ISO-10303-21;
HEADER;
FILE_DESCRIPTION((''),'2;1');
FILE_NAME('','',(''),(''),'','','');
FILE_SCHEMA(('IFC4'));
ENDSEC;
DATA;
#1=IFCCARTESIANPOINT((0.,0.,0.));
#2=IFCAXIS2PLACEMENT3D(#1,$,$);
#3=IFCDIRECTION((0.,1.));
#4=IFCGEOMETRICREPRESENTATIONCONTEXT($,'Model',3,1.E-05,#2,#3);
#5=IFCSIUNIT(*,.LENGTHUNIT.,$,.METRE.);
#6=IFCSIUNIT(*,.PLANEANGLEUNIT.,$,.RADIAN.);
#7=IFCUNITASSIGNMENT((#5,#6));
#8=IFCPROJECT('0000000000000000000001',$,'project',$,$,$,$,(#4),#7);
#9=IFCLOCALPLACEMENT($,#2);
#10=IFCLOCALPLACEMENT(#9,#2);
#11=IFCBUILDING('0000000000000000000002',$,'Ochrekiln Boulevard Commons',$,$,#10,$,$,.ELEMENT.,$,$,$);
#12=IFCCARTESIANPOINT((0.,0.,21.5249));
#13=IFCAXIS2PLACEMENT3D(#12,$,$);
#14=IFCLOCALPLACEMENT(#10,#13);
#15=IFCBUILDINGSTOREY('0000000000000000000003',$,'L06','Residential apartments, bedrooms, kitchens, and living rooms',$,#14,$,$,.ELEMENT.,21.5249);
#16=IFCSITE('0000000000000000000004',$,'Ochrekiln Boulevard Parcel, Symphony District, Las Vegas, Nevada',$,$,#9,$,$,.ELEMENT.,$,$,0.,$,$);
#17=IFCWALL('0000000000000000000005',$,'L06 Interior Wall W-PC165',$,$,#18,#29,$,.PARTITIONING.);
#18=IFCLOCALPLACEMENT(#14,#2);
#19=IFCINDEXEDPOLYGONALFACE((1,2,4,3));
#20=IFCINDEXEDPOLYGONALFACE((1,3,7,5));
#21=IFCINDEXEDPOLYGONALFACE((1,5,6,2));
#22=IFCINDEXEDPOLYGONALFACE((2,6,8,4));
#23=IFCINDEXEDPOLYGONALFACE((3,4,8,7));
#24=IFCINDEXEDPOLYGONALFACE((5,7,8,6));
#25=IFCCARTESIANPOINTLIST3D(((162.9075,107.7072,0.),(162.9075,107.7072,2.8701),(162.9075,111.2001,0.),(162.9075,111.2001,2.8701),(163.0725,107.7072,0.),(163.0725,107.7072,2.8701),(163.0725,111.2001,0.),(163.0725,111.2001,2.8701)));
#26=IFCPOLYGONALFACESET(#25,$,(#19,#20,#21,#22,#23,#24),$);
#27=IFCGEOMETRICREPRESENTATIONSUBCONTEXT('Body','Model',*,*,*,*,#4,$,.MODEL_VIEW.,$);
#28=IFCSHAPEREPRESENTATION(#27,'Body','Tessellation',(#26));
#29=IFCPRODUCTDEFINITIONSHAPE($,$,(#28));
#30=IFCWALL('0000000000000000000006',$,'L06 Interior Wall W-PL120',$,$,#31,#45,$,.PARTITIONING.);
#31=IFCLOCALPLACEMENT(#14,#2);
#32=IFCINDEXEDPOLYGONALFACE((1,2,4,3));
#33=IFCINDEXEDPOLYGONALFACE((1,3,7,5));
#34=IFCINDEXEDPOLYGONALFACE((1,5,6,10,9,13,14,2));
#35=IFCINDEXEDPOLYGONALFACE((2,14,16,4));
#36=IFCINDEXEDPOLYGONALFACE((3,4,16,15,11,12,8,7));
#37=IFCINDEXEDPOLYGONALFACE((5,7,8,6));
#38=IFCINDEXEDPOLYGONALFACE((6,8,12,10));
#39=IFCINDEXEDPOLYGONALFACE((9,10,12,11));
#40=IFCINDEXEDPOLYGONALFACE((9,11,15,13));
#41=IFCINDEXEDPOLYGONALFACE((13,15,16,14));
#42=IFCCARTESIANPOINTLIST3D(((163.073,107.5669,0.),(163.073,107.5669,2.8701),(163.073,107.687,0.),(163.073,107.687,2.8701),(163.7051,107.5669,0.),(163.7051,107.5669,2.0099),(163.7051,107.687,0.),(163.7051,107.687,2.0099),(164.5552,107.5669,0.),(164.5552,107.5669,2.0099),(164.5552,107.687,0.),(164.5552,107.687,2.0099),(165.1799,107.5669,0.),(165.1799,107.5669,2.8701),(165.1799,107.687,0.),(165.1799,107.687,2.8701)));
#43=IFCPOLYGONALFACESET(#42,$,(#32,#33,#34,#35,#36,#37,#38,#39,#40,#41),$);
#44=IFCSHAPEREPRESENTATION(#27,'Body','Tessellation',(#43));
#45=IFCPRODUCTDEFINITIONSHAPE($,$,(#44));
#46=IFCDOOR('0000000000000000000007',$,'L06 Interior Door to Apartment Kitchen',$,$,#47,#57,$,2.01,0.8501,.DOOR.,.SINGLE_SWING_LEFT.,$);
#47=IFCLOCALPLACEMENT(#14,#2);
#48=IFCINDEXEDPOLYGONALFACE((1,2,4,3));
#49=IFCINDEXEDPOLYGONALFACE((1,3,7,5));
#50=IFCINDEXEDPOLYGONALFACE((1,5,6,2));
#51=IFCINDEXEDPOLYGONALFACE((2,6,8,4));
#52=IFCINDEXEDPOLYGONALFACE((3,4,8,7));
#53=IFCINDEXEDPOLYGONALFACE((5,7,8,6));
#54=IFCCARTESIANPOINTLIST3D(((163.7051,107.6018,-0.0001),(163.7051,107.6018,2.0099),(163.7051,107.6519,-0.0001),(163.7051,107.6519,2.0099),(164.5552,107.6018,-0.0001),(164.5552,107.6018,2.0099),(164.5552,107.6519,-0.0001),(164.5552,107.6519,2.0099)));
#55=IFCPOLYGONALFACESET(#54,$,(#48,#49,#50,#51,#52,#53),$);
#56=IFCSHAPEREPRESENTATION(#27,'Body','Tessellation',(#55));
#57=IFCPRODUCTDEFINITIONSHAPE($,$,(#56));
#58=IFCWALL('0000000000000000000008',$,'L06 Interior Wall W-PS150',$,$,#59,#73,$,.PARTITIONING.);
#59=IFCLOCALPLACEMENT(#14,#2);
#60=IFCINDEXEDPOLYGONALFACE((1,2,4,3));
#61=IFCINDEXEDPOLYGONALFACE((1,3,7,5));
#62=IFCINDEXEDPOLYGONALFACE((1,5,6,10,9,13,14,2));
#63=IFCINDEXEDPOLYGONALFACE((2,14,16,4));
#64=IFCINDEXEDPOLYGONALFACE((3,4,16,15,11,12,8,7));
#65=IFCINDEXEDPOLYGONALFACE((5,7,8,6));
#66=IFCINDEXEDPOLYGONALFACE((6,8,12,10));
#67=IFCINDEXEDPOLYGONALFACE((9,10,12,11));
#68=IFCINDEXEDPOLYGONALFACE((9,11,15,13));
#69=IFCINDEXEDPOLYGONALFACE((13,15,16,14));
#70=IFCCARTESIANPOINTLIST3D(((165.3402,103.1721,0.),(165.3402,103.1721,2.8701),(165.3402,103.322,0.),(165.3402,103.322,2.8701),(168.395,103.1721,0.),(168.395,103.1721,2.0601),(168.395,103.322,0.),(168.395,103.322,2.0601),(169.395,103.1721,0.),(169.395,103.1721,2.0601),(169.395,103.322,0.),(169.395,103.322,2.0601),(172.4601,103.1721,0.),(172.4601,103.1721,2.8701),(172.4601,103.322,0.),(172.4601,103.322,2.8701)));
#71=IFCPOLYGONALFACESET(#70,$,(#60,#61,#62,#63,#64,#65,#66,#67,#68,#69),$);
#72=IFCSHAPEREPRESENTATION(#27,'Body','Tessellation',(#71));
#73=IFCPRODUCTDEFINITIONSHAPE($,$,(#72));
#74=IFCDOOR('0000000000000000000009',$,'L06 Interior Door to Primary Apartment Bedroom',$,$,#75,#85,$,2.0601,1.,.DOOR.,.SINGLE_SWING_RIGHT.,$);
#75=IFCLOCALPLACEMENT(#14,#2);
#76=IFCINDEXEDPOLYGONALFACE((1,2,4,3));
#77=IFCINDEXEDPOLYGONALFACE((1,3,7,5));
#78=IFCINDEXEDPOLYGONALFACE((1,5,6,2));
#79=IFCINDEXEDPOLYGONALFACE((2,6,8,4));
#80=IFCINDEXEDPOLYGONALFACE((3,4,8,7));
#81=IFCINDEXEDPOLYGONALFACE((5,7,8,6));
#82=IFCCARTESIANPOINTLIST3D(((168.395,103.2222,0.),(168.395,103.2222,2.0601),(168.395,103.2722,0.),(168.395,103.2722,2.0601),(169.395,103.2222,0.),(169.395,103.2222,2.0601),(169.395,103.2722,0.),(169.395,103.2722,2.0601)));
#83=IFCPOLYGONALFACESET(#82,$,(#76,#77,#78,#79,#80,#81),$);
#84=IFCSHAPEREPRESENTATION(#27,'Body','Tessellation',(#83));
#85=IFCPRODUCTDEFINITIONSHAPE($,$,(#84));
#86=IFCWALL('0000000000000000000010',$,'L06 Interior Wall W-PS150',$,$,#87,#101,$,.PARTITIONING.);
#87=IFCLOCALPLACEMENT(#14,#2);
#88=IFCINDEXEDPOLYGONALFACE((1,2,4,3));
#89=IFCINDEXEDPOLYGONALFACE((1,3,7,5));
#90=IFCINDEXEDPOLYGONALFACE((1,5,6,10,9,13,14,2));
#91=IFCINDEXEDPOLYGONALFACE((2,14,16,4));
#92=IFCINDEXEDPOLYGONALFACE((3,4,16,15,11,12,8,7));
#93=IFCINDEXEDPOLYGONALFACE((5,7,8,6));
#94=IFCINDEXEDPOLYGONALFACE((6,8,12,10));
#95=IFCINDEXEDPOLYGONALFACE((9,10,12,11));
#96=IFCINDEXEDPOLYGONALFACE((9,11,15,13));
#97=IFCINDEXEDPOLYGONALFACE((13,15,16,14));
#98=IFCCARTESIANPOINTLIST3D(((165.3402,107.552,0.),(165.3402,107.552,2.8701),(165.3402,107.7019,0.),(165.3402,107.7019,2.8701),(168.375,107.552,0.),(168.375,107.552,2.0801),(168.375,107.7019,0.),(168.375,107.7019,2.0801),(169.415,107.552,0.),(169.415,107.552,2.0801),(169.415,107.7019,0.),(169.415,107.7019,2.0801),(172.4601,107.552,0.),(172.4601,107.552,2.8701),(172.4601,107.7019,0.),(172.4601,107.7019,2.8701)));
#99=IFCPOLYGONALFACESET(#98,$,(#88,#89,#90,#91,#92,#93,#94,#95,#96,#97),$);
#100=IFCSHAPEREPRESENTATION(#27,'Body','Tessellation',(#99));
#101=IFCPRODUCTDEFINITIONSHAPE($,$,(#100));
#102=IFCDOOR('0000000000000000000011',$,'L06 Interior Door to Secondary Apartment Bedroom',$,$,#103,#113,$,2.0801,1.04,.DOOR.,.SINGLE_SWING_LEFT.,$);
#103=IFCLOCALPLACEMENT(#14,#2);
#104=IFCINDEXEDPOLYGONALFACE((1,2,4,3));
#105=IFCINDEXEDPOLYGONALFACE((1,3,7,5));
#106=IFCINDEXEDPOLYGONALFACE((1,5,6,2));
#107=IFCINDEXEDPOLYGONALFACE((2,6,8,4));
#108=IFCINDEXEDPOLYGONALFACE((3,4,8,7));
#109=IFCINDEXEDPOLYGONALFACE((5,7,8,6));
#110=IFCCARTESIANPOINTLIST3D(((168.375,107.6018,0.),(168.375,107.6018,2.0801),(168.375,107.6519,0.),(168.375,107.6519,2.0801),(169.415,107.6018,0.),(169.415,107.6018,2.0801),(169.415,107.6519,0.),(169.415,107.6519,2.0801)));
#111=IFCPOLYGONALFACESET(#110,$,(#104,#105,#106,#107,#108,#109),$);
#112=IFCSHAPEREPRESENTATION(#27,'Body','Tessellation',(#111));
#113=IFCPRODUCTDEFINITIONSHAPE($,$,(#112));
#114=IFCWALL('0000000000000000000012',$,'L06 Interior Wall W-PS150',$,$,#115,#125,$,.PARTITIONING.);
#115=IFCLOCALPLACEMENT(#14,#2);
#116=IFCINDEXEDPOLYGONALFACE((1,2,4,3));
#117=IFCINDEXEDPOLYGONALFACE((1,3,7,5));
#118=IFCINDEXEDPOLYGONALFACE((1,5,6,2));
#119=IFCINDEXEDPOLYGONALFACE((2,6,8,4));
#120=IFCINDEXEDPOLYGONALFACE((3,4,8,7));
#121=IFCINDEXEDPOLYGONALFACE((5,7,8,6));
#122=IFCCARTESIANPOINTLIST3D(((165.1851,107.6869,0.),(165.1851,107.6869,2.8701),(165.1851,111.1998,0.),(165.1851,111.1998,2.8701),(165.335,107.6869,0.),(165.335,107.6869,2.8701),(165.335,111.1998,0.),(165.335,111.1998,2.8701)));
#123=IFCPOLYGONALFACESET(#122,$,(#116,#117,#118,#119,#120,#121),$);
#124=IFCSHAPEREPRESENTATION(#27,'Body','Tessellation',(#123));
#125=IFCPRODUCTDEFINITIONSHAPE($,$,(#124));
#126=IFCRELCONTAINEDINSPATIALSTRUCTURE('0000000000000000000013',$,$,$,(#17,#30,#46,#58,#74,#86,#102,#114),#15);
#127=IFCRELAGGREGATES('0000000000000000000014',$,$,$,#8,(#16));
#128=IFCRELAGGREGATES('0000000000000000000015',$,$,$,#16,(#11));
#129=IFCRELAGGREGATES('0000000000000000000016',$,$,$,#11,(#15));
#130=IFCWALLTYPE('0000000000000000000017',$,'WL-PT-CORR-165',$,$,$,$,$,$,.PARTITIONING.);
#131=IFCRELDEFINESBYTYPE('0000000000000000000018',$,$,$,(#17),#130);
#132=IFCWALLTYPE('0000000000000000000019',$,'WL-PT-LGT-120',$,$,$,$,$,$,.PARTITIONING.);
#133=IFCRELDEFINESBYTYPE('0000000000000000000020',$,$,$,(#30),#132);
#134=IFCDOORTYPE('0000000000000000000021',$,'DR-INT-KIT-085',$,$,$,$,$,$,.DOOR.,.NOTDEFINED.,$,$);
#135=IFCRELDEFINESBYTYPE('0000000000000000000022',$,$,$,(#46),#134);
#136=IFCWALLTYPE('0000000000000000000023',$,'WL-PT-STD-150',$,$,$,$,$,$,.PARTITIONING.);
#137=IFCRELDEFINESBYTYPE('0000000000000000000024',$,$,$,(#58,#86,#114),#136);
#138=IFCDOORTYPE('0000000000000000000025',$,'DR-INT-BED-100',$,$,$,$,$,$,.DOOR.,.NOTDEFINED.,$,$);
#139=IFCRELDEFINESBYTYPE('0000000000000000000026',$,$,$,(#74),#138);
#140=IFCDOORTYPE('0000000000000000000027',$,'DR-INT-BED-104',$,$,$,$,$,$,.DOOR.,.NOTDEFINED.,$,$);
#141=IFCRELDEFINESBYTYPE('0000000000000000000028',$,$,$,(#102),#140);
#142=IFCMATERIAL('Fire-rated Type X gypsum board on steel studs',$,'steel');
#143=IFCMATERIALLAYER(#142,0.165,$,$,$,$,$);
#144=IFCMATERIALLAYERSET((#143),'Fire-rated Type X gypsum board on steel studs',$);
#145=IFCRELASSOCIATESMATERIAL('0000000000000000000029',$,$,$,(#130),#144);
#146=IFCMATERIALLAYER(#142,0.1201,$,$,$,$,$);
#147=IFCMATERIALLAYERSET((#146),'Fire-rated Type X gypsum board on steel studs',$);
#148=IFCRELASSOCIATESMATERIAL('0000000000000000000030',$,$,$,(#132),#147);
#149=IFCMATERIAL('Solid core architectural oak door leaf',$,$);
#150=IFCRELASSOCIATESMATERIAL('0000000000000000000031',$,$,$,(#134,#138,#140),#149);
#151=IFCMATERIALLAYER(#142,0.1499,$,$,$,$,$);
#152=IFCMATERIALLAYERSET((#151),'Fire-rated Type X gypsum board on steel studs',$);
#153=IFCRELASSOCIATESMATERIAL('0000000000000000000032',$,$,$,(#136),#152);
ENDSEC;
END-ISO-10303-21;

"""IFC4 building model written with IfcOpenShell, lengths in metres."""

from ifc_helpers import new_model, si_unit, direction, frame, frame_2d, origin, place, context, subcontext, project, spatial, rectangle, extrude, material, layer, layer_set, type_object, element, fill, save


model = new_model("IFC4")

# Units and contexts
model_context = context("Model", 3, precision=1e-05, world=origin(), true_north=direction((0.0, 1.0)))
body_context = subcontext(model_context, "Body", "Model", "MODEL_VIEW")
ifc_project = project(units=[si_unit("LENGTHUNIT", "METRE"), si_unit("PLANEANGLEUNIT", "RADIAN")], contexts=[model_context])

# Site, building, storey
site_placement = place(None, origin())
site = spatial("IfcSite", under=ifc_project, at=site_placement, Name="Ochrekiln Boulevard Parcel, Symphony District, Las Vegas, Nevada", CompositionType="ELEMENT", RefElevation=0.0)
building_placement = place(site_placement, origin())
building = spatial("IfcBuilding", under=site, at=building_placement, Name="Ochrekiln Boulevard Commons", CompositionType="ELEMENT")
storey_placement = place(building_placement, frame((0.0, 0.0, 21.5249)))
storey = spatial("IfcBuildingStorey", under=building, at=storey_placement, Name="L06", Description="Residential apartments, bedrooms, kitchens, and living rooms", CompositionType="ELEMENT", Elevation=21.5249)

# Shared definitions
ifc_material_1 = material(Name="Solid core architectural oak door leaf")
ifc_material_2 = material(Name="Fire-rated Type X gypsum board on steel studs", Category="steel")
ifc_layer_1 = layer(ifc_material_2, 0.165)
ifc_layer_set_1 = layer_set([ifc_layer_1], Name="Fire-rated Type X gypsum board on steel studs")
wall_type_1 = type_object("IfcWallType", Name="WL-PT-CORR-165", PredefinedType="PARTITIONING", material=ifc_layer_set_1)

# Wall
wall_1_placement = place(storey_placement, frame((162.99, 107.707, 0.0), z_axis=(0.0, 0.0, 1.0), x_axis=(0.0, 1.0, 0.0)))
element("IfcWall", 1, at=wall_1_placement, inside=storey, type_object=wall_type_1, Name="L06 Interior Wall W-PC165", PredefinedType="PARTITIONING", context=body_context, shape_type="SweptSolid", body=[
    extrude(rectangle(XDim=3.4929, YDim=0.165, at=frame_2d((1.7466, 0.0))), origin(), (0.0, 0.0, 1.0), 2.8701),
])

# Walls, openings, doors
ifc_layer_2 = layer(ifc_material_2, 0.1201)
ifc_layer_set_2 = layer_set([ifc_layer_2], Name="Fire-rated Type X gypsum board on steel studs")
wall_type_2 = type_object("IfcWallType", Name="WL-PT-LGT-120", PredefinedType="PARTITIONING", material=ifc_layer_set_2)
wall_2_placement = place(storey_placement, frame((163.073, 107.627, 0.0), z_axis=(0.0, 0.0, 1.0), x_axis=(1.0, 0.0, 0.0)))
wall_2 = element("IfcWall", 2, at=wall_2_placement, inside=storey, type_object=wall_type_2, Name="L06 Interior Wall W-PL120", PredefinedType="PARTITIONING", context=body_context, shape_type="SweptSolid", body=[
    extrude(rectangle(XDim=2.1069, YDim=0.1201, at=frame_2d((1.0535, 0.0))), origin(), (0.0, 0.0, 1.0), 2.8701),
])
opening_1_placement = place(wall_2_placement, frame((0.6321, 0.0, 0.0)))
opening_1 = element("IfcOpeningElement", 3, at=opening_1_placement, cuts=wall_2, PredefinedType="OPENING", context=body_context, shape_type="SweptSolid", body=[
    extrude(rectangle(XDim=0.8501, YDim=2.01, at=frame_2d((0.425, 1.0049))), frame((0.0, 0.0701, 0.0), z_axis=(0.0, -1.0, 0.0), x_axis=(1.0, 0.0, 0.0)), (0.0, 0.0, 1.0), 0.1401),
])
door_type_1 = type_object("IfcDoorType", Name="DR-INT-KIT-085", OperationType="NOTDEFINED", PredefinedType="DOOR", material=ifc_material_1)
door_1_placement = place(opening_1_placement, origin())
door_1 = element("IfcDoor", 4, at=door_1_placement, inside=storey, type_object=door_type_1, Name="L06 Interior Door to Apartment Kitchen", OperationType="SINGLE_SWING_LEFT", OverallHeight=2.01, OverallWidth=0.8501, PredefinedType="DOOR", context=body_context, shape_type="SweptSolid", body=[
    extrude(rectangle(XDim=0.8501, YDim=2.01, at=frame_2d((0.425, 1.0049))), frame((0.0, 0.0249, 0.0), z_axis=(0.0, -1.0, 0.0), x_axis=(1.0, 0.0, 0.0)), (0.0, 0.0, 1.0), 0.05),
])
fill(opening_1, door_1)
ifc_layer_3 = layer(ifc_material_2, 0.1499)
ifc_layer_set_3 = layer_set([ifc_layer_3], Name="Fire-rated Type X gypsum board on steel studs")
wall_type_3 = type_object("IfcWallType", Name="WL-PT-STD-150", PredefinedType="PARTITIONING", material=ifc_layer_set_3)
wall_3_placement = place(storey_placement, frame((165.3401, 103.2471, 0.0), z_axis=(0.0, 0.0, 1.0), x_axis=(1.0, 0.0, 0.0)))
wall_3 = element("IfcWall", 5, at=wall_3_placement, inside=storey, type_object=wall_type_3, Name="L06 Interior Wall W-PS150", PredefinedType="PARTITIONING", context=body_context, shape_type="SweptSolid", body=[
    extrude(rectangle(XDim=7.1199, YDim=0.1499, at=frame_2d((3.5601, 0.0))), origin(), (0.0, 0.0, 1.0), 2.8701),
])
opening_2_placement = place(wall_3_placement, frame((3.0549, 0.0, 0.0)))
opening_2 = element("IfcOpeningElement", 6, at=opening_2_placement, cuts=wall_3, PredefinedType="OPENING", context=body_context, shape_type="SweptSolid", body=[
    extrude(rectangle(XDim=1.0, YDim=2.0601, at=frame_2d((0.5, 1.03))), frame((0.0, 0.085, 0.0), z_axis=(0.0, -1.0, 0.0), x_axis=(1.0, 0.0, 0.0)), (0.0, 0.0, 1.0), 0.1699),
])
door_type_2 = type_object("IfcDoorType", Name="DR-INT-BED-100", OperationType="NOTDEFINED", PredefinedType="DOOR", material=ifc_material_1)
door_2_placement = place(opening_2_placement, frame((1.0, 0.0, 0.0), z_axis=(0.0, 0.0, 1.0), x_axis=(-1.0, 0.0, 0.0)))
door_2 = element("IfcDoor", 7, at=door_2_placement, inside=storey, type_object=door_type_2, Name="L06 Interior Door to Primary Apartment Bedroom", OperationType="SINGLE_SWING_RIGHT", OverallHeight=2.0601, OverallWidth=1.0, PredefinedType="DOOR", context=body_context, shape_type="SweptSolid", body=[
    extrude(rectangle(XDim=1.0, YDim=2.0601, at=frame_2d((0.5, 1.03))), frame((0.0, 0.0249, 0.0), z_axis=(0.0, -1.0, 0.0), x_axis=(1.0, 0.0, 0.0)), (0.0, 0.0, 1.0), 0.05),
])
fill(opening_2, door_2)
wall_4_placement = place(storey_placement, frame((165.3401, 107.627, 0.0), z_axis=(0.0, 0.0, 1.0), x_axis=(1.0, 0.0, 0.0)))
wall_4 = element("IfcWall", 8, at=wall_4_placement, inside=storey, type_object=wall_type_3, Name="L06 Interior Wall W-PS150", PredefinedType="PARTITIONING", context=body_context, shape_type="SweptSolid", body=[
    extrude(rectangle(XDim=7.1199, YDim=0.1499, at=frame_2d((3.5601, 0.0))), origin(), (0.0, 0.0, 1.0), 2.8701),
])
opening_3_placement = place(wall_4_placement, frame((3.0349, 0.0, 0.0)))
opening_3 = element("IfcOpeningElement", 9, at=opening_3_placement, cuts=wall_4, PredefinedType="OPENING", context=body_context, shape_type="SweptSolid", body=[
    extrude(rectangle(XDim=1.04, YDim=2.0801, at=frame_2d((0.52, 1.04))), frame((0.0, 0.085, 0.0), z_axis=(0.0, -1.0, 0.0), x_axis=(1.0, 0.0, 0.0)), (0.0, 0.0, 1.0), 0.1699),
])
door_type_3 = type_object("IfcDoorType", Name="DR-INT-BED-104", OperationType="NOTDEFINED", PredefinedType="DOOR", material=ifc_material_1)
door_3_placement = place(opening_3_placement, origin())
door_3 = element("IfcDoor", 10, at=door_3_placement, inside=storey, type_object=door_type_3, Name="L06 Interior Door to Secondary Apartment Bedroom", OperationType="SINGLE_SWING_LEFT", OverallHeight=2.0801, OverallWidth=1.04, PredefinedType="DOOR", context=body_context, shape_type="SweptSolid", body=[
    extrude(rectangle(XDim=1.04, YDim=2.0801, at=frame_2d((0.52, 1.04))), frame((0.0, 0.0249, 0.0), z_axis=(0.0, -1.0, 0.0), x_axis=(1.0, 0.0, 0.0)), (0.0, 0.0, 1.0), 0.05),
])
fill(opening_3, door_3)

# Wall
wall_5_placement = place(storey_placement, frame((165.26, 107.687, 0.0), z_axis=(0.0, 0.0, 1.0), x_axis=(0.0, 1.0, 0.0)))
element("IfcWall", 11, at=wall_5_placement, inside=storey, type_object=wall_type_3, Name="L06 Interior Wall W-PS150", PredefinedType="PARTITIONING", context=body_context, shape_type="SweptSolid", body=[
    extrude(rectangle(XDim=3.5129, YDim=0.1499, at=frame_2d((1.7563, 0.0))), origin(), (0.0, 0.0, 1.0), 2.8701),
])

save(model, "model.ifc")
